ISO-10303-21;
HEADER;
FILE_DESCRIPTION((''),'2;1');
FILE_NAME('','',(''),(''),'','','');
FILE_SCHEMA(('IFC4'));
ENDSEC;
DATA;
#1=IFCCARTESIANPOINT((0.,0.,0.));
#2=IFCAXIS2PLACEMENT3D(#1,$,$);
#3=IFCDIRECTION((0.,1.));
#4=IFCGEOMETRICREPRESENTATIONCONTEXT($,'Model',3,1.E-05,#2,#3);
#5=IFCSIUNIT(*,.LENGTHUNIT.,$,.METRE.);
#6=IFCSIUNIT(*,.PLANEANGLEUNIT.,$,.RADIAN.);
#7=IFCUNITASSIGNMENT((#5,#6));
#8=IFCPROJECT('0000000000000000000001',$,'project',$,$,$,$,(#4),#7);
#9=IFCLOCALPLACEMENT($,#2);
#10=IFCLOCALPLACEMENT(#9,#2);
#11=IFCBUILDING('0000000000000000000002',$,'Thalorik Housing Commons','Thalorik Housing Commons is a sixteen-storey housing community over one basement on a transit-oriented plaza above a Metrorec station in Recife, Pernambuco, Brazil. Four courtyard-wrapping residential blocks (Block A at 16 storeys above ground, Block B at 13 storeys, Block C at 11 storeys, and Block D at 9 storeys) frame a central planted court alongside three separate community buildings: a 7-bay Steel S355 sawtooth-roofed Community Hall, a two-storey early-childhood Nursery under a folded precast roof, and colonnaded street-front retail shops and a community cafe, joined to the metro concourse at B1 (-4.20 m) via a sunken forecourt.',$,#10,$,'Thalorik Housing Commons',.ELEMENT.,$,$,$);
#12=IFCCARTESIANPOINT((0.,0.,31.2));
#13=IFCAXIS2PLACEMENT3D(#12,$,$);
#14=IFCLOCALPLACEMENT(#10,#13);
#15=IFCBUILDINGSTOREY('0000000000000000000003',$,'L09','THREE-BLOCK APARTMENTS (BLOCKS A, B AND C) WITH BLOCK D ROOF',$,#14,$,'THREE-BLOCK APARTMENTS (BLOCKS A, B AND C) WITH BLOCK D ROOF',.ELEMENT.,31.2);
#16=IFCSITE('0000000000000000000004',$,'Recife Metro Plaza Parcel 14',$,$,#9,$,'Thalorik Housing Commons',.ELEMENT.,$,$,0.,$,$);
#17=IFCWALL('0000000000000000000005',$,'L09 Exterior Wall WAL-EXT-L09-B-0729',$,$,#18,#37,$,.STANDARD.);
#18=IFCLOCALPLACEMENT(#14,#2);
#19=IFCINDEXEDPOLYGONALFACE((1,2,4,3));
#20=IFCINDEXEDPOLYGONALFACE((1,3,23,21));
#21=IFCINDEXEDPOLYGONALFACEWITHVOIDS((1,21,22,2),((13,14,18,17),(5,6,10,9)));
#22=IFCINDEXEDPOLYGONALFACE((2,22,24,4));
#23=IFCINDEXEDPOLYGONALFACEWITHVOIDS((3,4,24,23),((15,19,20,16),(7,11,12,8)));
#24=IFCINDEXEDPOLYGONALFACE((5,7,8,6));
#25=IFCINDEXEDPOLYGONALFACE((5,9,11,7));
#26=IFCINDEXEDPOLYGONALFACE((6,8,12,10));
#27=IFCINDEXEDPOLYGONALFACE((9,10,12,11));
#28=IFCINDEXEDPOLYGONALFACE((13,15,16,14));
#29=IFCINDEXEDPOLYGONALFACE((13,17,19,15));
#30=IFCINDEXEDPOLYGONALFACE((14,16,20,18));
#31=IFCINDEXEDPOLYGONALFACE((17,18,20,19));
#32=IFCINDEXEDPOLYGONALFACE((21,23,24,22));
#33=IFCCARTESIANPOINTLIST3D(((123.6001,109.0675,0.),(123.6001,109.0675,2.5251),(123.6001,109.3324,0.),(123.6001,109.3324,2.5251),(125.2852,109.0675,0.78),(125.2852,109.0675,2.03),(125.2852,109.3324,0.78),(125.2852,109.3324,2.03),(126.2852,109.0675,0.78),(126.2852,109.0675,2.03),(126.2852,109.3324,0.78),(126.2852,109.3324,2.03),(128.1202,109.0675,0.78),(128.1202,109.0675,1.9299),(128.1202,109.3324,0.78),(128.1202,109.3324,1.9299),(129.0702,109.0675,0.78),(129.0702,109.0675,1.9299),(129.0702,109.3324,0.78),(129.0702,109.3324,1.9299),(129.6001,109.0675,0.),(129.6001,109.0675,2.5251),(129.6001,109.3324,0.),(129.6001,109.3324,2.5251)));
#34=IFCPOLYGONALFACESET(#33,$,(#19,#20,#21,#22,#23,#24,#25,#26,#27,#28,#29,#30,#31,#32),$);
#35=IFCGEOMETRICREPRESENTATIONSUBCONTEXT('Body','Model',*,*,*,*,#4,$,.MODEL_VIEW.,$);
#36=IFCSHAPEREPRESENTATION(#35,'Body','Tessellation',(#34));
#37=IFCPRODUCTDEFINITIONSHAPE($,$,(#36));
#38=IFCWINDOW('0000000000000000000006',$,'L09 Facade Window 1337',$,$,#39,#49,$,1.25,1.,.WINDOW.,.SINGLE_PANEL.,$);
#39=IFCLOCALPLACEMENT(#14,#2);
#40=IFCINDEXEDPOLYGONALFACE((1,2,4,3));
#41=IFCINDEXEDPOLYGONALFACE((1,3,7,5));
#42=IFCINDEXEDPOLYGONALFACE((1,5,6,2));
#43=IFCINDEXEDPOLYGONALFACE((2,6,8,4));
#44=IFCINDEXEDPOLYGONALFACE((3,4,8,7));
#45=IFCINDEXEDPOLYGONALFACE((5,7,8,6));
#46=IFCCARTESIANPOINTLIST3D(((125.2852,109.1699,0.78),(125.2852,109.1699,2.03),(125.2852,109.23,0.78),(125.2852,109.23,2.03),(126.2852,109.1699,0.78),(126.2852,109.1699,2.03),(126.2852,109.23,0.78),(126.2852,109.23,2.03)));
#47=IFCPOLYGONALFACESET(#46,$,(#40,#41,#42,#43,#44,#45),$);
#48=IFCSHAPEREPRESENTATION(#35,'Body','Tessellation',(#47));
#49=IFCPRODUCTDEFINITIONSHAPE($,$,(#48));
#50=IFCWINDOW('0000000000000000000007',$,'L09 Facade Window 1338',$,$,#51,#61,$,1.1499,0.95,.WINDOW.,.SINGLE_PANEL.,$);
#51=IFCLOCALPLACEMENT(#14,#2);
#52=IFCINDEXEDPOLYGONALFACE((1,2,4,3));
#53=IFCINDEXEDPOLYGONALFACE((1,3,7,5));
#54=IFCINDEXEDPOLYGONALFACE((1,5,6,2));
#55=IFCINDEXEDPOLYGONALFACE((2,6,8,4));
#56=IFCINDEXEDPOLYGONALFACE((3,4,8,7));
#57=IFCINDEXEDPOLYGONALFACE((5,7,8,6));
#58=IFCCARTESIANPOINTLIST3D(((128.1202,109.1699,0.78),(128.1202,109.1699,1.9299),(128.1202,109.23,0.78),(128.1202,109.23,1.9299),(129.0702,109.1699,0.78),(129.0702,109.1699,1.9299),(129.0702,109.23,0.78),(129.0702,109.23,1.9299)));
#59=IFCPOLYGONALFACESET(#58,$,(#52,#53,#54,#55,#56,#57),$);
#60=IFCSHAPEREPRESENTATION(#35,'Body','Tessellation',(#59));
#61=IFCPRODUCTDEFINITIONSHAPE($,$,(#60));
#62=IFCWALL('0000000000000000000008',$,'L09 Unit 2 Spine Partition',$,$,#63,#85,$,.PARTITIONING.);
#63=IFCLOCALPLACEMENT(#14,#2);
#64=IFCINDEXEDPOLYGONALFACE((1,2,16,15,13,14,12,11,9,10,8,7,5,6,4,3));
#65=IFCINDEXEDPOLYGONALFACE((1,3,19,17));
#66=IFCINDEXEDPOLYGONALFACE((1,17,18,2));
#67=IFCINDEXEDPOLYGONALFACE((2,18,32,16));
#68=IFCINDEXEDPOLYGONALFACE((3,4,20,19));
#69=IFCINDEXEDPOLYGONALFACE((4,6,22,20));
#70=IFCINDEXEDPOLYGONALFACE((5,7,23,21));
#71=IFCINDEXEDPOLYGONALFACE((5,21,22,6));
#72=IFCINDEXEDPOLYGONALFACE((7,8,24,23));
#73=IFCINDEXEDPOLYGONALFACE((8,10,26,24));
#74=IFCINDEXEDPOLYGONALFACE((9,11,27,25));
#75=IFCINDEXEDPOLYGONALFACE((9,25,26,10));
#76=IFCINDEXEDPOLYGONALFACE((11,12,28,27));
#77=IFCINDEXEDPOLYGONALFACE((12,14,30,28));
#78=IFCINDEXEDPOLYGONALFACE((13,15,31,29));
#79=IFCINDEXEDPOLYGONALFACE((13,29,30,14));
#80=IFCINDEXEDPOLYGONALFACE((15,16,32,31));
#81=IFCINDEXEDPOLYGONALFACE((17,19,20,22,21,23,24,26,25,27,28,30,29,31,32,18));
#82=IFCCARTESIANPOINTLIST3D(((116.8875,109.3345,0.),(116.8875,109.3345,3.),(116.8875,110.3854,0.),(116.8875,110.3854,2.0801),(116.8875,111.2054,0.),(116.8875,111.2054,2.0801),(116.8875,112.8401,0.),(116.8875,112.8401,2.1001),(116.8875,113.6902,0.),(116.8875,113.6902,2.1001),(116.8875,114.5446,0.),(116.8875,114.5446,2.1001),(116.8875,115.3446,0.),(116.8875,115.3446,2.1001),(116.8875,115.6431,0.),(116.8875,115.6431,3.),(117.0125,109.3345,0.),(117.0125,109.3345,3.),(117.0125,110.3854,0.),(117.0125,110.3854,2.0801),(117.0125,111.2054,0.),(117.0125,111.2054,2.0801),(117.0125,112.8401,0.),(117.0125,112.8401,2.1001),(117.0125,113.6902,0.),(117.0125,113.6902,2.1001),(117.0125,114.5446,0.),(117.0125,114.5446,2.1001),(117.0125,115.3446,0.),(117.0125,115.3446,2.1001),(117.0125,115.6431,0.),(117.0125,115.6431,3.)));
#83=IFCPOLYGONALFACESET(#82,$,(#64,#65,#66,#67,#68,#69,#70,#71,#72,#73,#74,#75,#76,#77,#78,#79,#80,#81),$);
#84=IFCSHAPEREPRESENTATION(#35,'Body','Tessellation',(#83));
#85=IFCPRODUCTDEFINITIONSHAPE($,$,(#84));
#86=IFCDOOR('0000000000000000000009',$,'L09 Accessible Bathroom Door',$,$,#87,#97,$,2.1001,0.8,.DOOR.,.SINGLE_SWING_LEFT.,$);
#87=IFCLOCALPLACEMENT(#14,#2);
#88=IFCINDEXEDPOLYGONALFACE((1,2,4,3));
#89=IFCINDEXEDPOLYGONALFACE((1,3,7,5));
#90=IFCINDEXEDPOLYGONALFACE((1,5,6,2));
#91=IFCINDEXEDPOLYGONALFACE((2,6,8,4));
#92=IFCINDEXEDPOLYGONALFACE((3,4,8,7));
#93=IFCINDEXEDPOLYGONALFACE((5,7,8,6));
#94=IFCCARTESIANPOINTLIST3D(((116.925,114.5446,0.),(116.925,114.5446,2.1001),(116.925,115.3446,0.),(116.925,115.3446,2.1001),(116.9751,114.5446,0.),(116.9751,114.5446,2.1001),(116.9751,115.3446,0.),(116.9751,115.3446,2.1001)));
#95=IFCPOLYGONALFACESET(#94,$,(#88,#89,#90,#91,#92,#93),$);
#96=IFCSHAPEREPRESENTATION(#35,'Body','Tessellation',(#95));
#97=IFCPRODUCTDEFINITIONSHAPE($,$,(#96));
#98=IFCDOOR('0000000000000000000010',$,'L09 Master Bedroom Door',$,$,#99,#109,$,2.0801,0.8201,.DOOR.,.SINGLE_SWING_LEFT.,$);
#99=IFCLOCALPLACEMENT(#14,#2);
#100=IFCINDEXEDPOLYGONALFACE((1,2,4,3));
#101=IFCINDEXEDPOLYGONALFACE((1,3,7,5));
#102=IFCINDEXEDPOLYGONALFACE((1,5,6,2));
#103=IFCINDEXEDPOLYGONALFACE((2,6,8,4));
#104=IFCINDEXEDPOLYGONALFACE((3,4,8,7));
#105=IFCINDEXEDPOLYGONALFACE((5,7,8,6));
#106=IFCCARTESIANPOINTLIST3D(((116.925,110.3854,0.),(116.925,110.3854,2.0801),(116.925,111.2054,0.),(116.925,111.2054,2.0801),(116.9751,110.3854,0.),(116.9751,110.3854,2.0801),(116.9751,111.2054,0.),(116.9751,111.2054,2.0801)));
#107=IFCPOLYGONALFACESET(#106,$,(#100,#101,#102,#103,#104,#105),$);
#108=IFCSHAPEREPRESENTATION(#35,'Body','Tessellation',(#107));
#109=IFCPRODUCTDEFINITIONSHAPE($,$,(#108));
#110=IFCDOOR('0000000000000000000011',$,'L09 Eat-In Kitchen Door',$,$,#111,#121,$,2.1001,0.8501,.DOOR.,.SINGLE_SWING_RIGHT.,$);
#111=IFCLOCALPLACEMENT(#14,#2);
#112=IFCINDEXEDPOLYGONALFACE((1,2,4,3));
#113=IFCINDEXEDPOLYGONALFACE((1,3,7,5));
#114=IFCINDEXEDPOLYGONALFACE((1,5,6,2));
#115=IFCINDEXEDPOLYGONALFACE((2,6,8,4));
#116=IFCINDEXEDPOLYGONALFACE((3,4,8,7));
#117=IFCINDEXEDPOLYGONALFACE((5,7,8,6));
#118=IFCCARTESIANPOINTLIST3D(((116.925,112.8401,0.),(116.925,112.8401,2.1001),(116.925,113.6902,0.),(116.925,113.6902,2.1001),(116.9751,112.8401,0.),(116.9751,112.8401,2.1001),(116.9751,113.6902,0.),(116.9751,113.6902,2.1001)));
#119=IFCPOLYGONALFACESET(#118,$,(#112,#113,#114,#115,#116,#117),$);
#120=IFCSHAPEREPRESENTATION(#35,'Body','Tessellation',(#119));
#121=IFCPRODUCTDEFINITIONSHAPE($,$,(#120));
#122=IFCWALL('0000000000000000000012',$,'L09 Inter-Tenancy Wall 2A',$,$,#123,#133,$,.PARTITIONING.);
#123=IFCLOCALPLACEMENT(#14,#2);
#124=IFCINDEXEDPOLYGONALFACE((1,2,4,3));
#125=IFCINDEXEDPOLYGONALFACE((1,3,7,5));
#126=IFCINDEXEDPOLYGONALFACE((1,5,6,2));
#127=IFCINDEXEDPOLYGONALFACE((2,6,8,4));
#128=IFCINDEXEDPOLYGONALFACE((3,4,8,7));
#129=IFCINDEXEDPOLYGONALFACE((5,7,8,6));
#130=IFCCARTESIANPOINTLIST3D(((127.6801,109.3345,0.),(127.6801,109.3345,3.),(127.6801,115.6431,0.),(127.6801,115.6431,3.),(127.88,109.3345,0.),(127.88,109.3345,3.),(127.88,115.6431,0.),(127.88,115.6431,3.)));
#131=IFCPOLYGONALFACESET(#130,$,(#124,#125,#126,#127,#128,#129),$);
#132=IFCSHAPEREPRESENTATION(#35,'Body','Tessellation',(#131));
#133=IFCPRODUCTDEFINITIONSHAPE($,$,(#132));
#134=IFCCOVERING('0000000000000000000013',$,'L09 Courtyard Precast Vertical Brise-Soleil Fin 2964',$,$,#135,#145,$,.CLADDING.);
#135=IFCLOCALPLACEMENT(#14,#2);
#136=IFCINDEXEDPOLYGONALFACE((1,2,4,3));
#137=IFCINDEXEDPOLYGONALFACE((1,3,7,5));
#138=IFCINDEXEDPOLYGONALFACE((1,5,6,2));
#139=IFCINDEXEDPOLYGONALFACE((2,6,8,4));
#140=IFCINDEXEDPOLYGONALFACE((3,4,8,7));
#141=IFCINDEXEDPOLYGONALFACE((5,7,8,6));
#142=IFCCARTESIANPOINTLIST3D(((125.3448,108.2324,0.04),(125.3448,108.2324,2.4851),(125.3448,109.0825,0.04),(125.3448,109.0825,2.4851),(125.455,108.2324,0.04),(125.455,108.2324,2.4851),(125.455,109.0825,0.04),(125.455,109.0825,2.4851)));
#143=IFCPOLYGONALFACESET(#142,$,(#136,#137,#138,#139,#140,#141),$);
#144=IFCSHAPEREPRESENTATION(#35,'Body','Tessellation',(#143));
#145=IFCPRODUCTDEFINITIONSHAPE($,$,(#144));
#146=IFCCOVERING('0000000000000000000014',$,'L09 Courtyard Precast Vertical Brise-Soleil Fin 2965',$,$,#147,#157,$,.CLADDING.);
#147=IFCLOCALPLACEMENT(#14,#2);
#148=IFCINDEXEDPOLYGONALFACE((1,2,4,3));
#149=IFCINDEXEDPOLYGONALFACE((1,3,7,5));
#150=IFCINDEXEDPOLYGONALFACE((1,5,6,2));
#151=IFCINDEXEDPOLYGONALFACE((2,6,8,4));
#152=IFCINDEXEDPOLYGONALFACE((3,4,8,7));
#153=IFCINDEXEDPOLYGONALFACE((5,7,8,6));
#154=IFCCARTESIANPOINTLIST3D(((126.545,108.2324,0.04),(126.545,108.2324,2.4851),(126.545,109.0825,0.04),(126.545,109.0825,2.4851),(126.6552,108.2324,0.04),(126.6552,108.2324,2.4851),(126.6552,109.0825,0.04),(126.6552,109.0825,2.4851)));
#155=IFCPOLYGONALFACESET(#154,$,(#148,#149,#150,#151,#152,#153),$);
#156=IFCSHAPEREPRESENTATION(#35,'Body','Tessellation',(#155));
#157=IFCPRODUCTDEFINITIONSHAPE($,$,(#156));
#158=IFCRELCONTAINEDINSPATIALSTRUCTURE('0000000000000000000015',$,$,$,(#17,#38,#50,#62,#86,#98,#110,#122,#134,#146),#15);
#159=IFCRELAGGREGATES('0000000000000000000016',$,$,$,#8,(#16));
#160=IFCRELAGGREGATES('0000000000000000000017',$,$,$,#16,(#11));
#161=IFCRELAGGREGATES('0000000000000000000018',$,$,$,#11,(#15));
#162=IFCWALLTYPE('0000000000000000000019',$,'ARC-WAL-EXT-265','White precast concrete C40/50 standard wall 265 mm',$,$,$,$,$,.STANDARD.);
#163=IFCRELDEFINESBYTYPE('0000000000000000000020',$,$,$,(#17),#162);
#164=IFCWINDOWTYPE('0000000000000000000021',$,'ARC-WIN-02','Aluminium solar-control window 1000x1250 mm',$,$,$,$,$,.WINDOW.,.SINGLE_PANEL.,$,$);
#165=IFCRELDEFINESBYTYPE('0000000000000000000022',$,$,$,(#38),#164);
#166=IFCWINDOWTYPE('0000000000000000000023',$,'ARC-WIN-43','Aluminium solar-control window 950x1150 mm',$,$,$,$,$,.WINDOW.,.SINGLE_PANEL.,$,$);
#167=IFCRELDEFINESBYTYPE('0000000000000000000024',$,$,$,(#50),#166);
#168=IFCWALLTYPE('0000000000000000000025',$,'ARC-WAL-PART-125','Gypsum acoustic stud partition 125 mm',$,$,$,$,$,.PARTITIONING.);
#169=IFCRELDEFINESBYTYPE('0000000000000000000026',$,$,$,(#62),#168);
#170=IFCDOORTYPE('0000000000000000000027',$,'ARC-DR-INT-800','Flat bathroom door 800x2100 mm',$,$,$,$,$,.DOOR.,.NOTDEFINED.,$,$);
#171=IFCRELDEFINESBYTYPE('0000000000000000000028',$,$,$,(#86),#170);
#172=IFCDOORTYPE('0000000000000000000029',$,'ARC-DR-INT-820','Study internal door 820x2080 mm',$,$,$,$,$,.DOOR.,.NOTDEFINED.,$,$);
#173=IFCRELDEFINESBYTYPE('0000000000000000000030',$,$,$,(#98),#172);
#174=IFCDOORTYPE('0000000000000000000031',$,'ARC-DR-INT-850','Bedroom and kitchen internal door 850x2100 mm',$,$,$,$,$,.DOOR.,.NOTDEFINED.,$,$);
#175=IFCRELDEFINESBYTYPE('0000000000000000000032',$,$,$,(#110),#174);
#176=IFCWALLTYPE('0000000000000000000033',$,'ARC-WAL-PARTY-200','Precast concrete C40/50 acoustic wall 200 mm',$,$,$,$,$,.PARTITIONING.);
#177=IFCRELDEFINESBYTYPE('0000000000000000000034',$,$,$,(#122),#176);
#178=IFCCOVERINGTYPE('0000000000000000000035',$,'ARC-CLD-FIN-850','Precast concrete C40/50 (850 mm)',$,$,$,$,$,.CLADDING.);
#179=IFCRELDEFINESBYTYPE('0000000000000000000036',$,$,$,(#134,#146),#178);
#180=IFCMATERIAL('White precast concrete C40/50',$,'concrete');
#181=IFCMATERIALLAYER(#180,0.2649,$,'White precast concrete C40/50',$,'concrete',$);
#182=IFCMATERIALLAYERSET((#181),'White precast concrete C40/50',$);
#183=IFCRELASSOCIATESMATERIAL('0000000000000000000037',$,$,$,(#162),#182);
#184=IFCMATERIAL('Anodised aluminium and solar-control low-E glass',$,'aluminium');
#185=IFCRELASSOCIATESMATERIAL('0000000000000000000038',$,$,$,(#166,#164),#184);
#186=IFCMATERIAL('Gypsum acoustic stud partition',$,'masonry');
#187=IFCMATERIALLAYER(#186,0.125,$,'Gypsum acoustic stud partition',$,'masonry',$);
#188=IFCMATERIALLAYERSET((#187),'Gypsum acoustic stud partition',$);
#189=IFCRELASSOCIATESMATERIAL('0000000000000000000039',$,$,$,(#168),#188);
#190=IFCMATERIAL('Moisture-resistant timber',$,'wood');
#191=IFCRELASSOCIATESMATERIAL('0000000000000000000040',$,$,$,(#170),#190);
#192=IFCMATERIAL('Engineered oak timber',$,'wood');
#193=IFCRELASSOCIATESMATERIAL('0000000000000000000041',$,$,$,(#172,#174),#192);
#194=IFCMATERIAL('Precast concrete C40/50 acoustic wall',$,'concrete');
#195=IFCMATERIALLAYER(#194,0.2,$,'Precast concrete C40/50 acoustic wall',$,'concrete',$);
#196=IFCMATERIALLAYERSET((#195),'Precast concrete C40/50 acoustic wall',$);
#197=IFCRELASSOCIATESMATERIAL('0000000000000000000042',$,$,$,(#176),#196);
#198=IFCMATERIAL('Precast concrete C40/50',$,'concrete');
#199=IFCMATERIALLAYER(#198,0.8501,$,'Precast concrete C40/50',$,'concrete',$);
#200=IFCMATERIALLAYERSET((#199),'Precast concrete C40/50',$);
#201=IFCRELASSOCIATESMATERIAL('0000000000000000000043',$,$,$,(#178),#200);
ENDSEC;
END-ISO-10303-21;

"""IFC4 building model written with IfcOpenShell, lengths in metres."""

from ifc_helpers import new_model, si_unit, direction, frame, frame_2d, origin, origin_2d, place, context, subcontext, project, spatial, rectangle, extrude, material, layer, layer_set, type_object, element, fill, save


model = new_model("IFC4")

# Units and contexts
model_context = context("Model", 3, precision=1e-05, world=origin(), true_north=direction((0.0, 1.0)))
body_context = subcontext(model_context, "Body", "Model", "MODEL_VIEW")
ifc_project = project(units=[si_unit("LENGTHUNIT", "METRE"), si_unit("PLANEANGLEUNIT", "RADIAN")], contexts=[model_context])

# Site, building, storey
site_placement = place(None, origin())
site = spatial("IfcSite", under=ifc_project, at=site_placement, Name="Recife Metro Plaza Parcel 14", LongName="Thalorik Housing Commons", CompositionType="ELEMENT", RefElevation=0.0)
building_placement = place(site_placement, origin())
building = spatial("IfcBuilding", under=site, at=building_placement, Name="Thalorik Housing Commons", Description="Thalorik Housing Commons is a sixteen-storey housing community over one basement on a transit-oriented plaza above a Metrorec station in Recife, Pernambuco, Brazil. Four courtyard-wrapping residential blocks (Block A at 16 storeys above ground, Block B at 13 storeys, Block C at 11 storeys, and Block D at 9 storeys) frame a central planted court alongside three separate community buildings: a 7-bay Steel S355 sawtooth-roofed Community Hall, a two-storey early-childhood Nursery under a folded precast roof, and colonnaded street-front retail shops and a community cafe, joined to the metro concourse at B1 (-4.20 m) via a sunken forecourt.", LongName="Thalorik Housing Commons", CompositionType="ELEMENT")
storey_placement = place(building_placement, frame((0.0, 0.0, 31.2)))
storey = spatial("IfcBuildingStorey", under=building, at=storey_placement, Name="L09", Description="THREE-BLOCK APARTMENTS (BLOCKS A, B AND C) WITH BLOCK D ROOF", LongName="THREE-BLOCK APARTMENTS (BLOCKS A, B AND C) WITH BLOCK D ROOF", CompositionType="ELEMENT", Elevation=31.2)

# Shared definitions
ifc_material_1 = material(Name="Precast concrete C40/50", Category="concrete")

# Wall, openings, windows
ifc_material_2 = material(Name="White precast concrete C40/50", Category="concrete")
ifc_layer_1 = layer(ifc_material_2, 0.2649, Name="White precast concrete C40/50", Category="concrete")
ifc_layer_set_1 = layer_set([ifc_layer_1], Name="White precast concrete C40/50")
wall_type_1 = type_object("IfcWallType", Name="ARC-WAL-EXT-265", Description="White precast concrete C40/50 standard wall 265 mm", PredefinedType="STANDARD", material=ifc_layer_set_1)
ifc_material_3 = material(Name="Anodised aluminium and solar-control low-E glass", Category="aluminium")
window_type_1 = type_object("IfcWindowType", Name="ARC-WIN-43", Description="Aluminium solar-control window 950x1150 mm", PartitioningType="SINGLE_PANEL", PredefinedType="WINDOW", material=ifc_material_3)
wall_1_placement = place(storey_placement, frame((123.6001, 109.2, 0.0), z_axis=(0.0, 0.0, 1.0), x_axis=(1.0, 0.0, 0.0)))
wall_1 = element("IfcWall", 1, at=wall_1_placement, inside=storey, type_object=wall_type_1, Name="L09 Exterior Wall WAL-EXT-L09-B-0729", PredefinedType="STANDARD", context=body_context, shape_type="SweptSolid", body=[
    extrude(rectangle(XDim=6.0, YDim=0.2649, at=frame_2d((3.0, 0.0))), origin(), (0.0, 0.0, 1.0), 2.5251),
])
opening_1_placement = place(wall_1_placement, frame((1.6851, 0.0, 0.78)))
opening_1 = element("IfcOpeningElement", 2, at=opening_1_placement, cuts=wall_1, PredefinedType="OPENING", context=body_context, shape_type="SweptSolid", body=[
    extrude(rectangle(XDim=1.0, YDim=1.25, at=frame_2d((0.5, 0.625))), frame((0.0, 0.1426, 0.0), z_axis=(0.0, -1.0, 0.0), x_axis=(1.0, 0.0, 0.0)), (0.0, 0.0, 1.0), 0.2849),
])
opening_2_placement = place(wall_1_placement, frame((4.52, 0.0, 0.78)))
opening_2 = element("IfcOpeningElement", 3, at=opening_2_placement, cuts=wall_1, PredefinedType="OPENING", context=body_context, shape_type="SweptSolid", body=[
    extrude(rectangle(XDim=0.95, YDim=1.1499, at=frame_2d((0.4751, 0.575))), frame((0.0, 0.1426, 0.0), z_axis=(0.0, -1.0, 0.0), x_axis=(1.0, 0.0, 0.0)), (0.0, 0.0, 1.0), 0.2849),
])
window_type_2 = type_object("IfcWindowType", Name="ARC-WIN-02", Description="Aluminium solar-control window 1000x1250 mm", PartitioningType="SINGLE_PANEL", PredefinedType="WINDOW", material=ifc_material_3)
window_1_placement = place(opening_1_placement, origin())
window_1 = element("IfcWindow", 4, at=window_1_placement, inside=storey, type_object=window_type_2, Name="L09 Facade Window 1337", OverallHeight=1.25, OverallWidth=1.0, PartitioningType="SINGLE_PANEL", PredefinedType="WINDOW", context=body_context, shape_type="SweptSolid", body=[
    extrude(rectangle(XDim=1.0, YDim=1.25, at=frame_2d((0.5, 0.625))), frame((0.0, 0.03, 0.0), z_axis=(0.0, -1.0, 0.0), x_axis=(1.0, 0.0, 0.0)), (0.0, 0.0, 1.0), 0.0601),
])
fill(opening_1, window_1)
window_2_placement = place(opening_2_placement, origin())
window_2 = element("IfcWindow", 5, at=window_2_placement, inside=storey, type_object=window_type_1, Name="L09 Facade Window 1338", OverallHeight=1.1499, OverallWidth=0.95, PartitioningType="SINGLE_PANEL", PredefinedType="WINDOW", context=body_context, shape_type="SweptSolid", body=[
    extrude(rectangle(XDim=0.95, YDim=1.1499, at=frame_2d((0.4751, 0.575))), frame((0.0, 0.03, 0.0), z_axis=(0.0, -1.0, 0.0), x_axis=(1.0, 0.0, 0.0)), (0.0, 0.0, 1.0), 0.0601),
])
fill(opening_2, window_2)

# Wall, openings, doors
ifc_material_4 = material(Name="Gypsum acoustic stud partition", Category="masonry")
ifc_layer_2 = layer(ifc_material_4, 0.125, Name="Gypsum acoustic stud partition", Category="masonry")
ifc_layer_set_2 = layer_set([ifc_layer_2], Name="Gypsum acoustic stud partition")
wall_type_2 = type_object("IfcWallType", Name="ARC-WAL-PART-125", Description="Gypsum acoustic stud partition 125 mm", PredefinedType="PARTITIONING", material=ifc_layer_set_2)
wall_2_placement = place(storey_placement, frame((116.95, 109.3345, 0.0), z_axis=(0.0, 0.0, 1.0), x_axis=(0.0, 1.0, 0.0)))
wall_2 = element("IfcWall", 6, at=wall_2_placement, inside=storey, type_object=wall_type_2, Name="L09 Unit 2 Spine Partition", PredefinedType="PARTITIONING", context=body_context, shape_type="SweptSolid", body=[
    extrude(rectangle(XDim=6.3086, YDim=0.125, at=frame_2d((3.1543, 0.0))), origin(), (0.0, 0.0, 1.0), 3.0),
])
opening_3_placement = place(wall_2_placement, frame((1.0508, 0.0, 0.0)))
opening_3 = element("IfcOpeningElement", 7, at=opening_3_placement, cuts=wall_2, PredefinedType="OPENING", context=body_context, shape_type="SweptSolid", body=[
    extrude(rectangle(XDim=0.8201, YDim=2.0801, at=frame_2d((0.4102, 1.04))), frame((0.0, 0.0725, 0.0), z_axis=(0.0, -1.0, 0.0), x_axis=(1.0, 0.0, 0.0)), (0.0, 0.0, 1.0), 0.145),
])
opening_4_placement = place(wall_2_placement, frame((3.5056, 0.0, 0.0)))
opening_4 = element("IfcOpeningElement", 8, at=opening_4_placement, cuts=wall_2, PredefinedType="OPENING", context=body_context, shape_type="SweptSolid", body=[
    extrude(rectangle(XDim=0.8501, YDim=2.1001, at=frame_2d((0.425, 1.05))), frame((0.0, 0.0725, 0.0), z_axis=(0.0, -1.0, 0.0), x_axis=(1.0, 0.0, 0.0)), (0.0, 0.0, 1.0), 0.145),
])
opening_5_placement = place(wall_2_placement, frame((5.2102, 0.0, 0.0)))
opening_5 = element("IfcOpeningElement", 9, at=opening_5_placement, cuts=wall_2, PredefinedType="OPENING", context=body_context, shape_type="SweptSolid", body=[
    extrude(rectangle(XDim=0.8, YDim=2.1001, at=frame_2d((0.3999, 1.05))), frame((0.0, 0.0725, 0.0), z_axis=(0.0, -1.0, 0.0), x_axis=(1.0, 0.0, 0.0)), (0.0, 0.0, 1.0), 0.145),
])
ifc_material_5 = material(Name="Moisture-resistant timber", Category="wood")
door_type_1 = type_object("IfcDoorType", Name="ARC-DR-INT-800", Description="Flat bathroom door 800x2100 mm", OperationType="NOTDEFINED", PredefinedType="DOOR", material=ifc_material_5)
door_1_placement = place(opening_5_placement, origin())
door_1 = element("IfcDoor", 10, at=door_1_placement, inside=storey, type_object=door_type_1, Name="L09 Accessible Bathroom Door", OperationType="SINGLE_SWING_LEFT", OverallHeight=2.1001, OverallWidth=0.8, PredefinedType="DOOR", context=body_context, shape_type="SweptSolid", body=[
    extrude(rectangle(XDim=0.8, YDim=2.1001, at=frame_2d((0.3999, 1.05))), frame((0.0, 0.0249, 0.0), z_axis=(0.0, -1.0, 0.0), x_axis=(1.0, 0.0, 0.0)), (0.0, 0.0, 1.0), 0.05),
])
fill(opening_5, door_1)
ifc_material_6 = material(Name="Engineered oak timber", Category="wood")
door_type_2 = type_object("IfcDoorType", Name="ARC-DR-INT-820", Description="Study internal door 820x2080 mm", OperationType="NOTDEFINED", PredefinedType="DOOR", material=ifc_material_6)
door_2_placement = place(opening_3_placement, origin())
door_2 = element("IfcDoor", 11, at=door_2_placement, inside=storey, type_object=door_type_2, Name="L09 Master Bedroom Door", OperationType="SINGLE_SWING_LEFT", OverallHeight=2.0801, OverallWidth=0.8201, PredefinedType="DOOR", context=body_context, shape_type="SweptSolid", body=[
    extrude(rectangle(XDim=0.8201, YDim=2.0801, at=frame_2d((0.4102, 1.04))), frame((0.0, 0.0249, 0.0), z_axis=(0.0, -1.0, 0.0), x_axis=(1.0, 0.0, 0.0)), (0.0, 0.0, 1.0), 0.05),
])
fill(opening_3, door_2)
door_type_3 = type_object("IfcDoorType", Name="ARC-DR-INT-850", Description="Bedroom and kitchen internal door 850x2100 mm", OperationType="NOTDEFINED", PredefinedType="DOOR", material=ifc_material_6)
door_3_placement = place(opening_4_placement, origin())
door_3 = element("IfcDoor", 12, at=door_3_placement, inside=storey, type_object=door_type_3, Name="L09 Eat-In Kitchen Door", OperationType="SINGLE_SWING_RIGHT", OverallHeight=2.1001, OverallWidth=0.8501, PredefinedType="DOOR", context=body_context, shape_type="SweptSolid", body=[
    extrude(rectangle(XDim=0.8501, YDim=2.1001, at=frame_2d((0.425, 1.05))), frame((0.0, 0.0249, 0.0), z_axis=(0.0, -1.0, 0.0), x_axis=(1.0, 0.0, 0.0)), (0.0, 0.0, 1.0), 0.05),
])
fill(opening_4, door_3)

# Wall
ifc_material_7 = material(Name="Precast concrete C40/50 acoustic wall", Category="concrete")
ifc_layer_3 = layer(ifc_material_7, 0.2, Name="Precast concrete C40/50 acoustic wall", Category="concrete")
ifc_layer_set_3 = layer_set([ifc_layer_3], Name="Precast concrete C40/50 acoustic wall")
wall_type_3 = type_object("IfcWallType", Name="ARC-WAL-PARTY-200", Description="Precast concrete C40/50 acoustic wall 200 mm", PredefinedType="PARTITIONING", material=ifc_layer_set_3)
wall_3_placement = place(storey_placement, frame((127.78, 109.3345, 0.0), z_axis=(0.0, 0.0, 1.0), x_axis=(0.0, 1.0, 0.0)))
element("IfcWall", 13, at=wall_3_placement, inside=storey, type_object=wall_type_3, Name="L09 Inter-Tenancy Wall 2A", PredefinedType="PARTITIONING", context=body_context, shape_type="SweptSolid", body=[
    extrude(rectangle(XDim=6.3086, YDim=0.2, at=frame_2d((3.1543, 0.0))), origin(), (0.0, 0.0, 1.0), 3.0),
])

# Coverings
ifc_layer_4 = layer(ifc_material_1, 0.8501, Name="Precast concrete C40/50", Category="concrete")
ifc_layer_set_4 = layer_set([ifc_layer_4], Name="Precast concrete C40/50")
covering_type_1 = type_object("IfcCoveringType", Name="ARC-CLD-FIN-850", Description="Precast concrete C40/50 (850 mm)", PredefinedType="CLADDING", material=ifc_layer_set_4)
for number, where, z_axis, x_axis, name in (
    (14, (125.3999, 108.6575, 0.04), (0.0, 0.0, 1.0), (1.0, 0.0, 0.0), "L09 Courtyard Precast Vertical Brise-Soleil Fin 2964"),
    (15, (126.6001, 108.6575, 0.04), (0.0, 0.0, 1.0), (1.0, 0.0, 0.0), "L09 Courtyard Precast Vertical Brise-Soleil Fin 2965"),
):
    element("IfcCovering", number, at=place(storey_placement, frame(where, z_axis=z_axis, x_axis=x_axis)), inside=storey, type_object=covering_type_1, Name=name, PredefinedType="CLADDING", context=body_context, shape_type="SweptSolid", body=[
        extrude(rectangle(XDim=0.1101, YDim=0.8501, at=origin_2d()), origin(), (0.0, 0.0, 1.0), 2.4451),
    ])

save(model, "model.ifc")
